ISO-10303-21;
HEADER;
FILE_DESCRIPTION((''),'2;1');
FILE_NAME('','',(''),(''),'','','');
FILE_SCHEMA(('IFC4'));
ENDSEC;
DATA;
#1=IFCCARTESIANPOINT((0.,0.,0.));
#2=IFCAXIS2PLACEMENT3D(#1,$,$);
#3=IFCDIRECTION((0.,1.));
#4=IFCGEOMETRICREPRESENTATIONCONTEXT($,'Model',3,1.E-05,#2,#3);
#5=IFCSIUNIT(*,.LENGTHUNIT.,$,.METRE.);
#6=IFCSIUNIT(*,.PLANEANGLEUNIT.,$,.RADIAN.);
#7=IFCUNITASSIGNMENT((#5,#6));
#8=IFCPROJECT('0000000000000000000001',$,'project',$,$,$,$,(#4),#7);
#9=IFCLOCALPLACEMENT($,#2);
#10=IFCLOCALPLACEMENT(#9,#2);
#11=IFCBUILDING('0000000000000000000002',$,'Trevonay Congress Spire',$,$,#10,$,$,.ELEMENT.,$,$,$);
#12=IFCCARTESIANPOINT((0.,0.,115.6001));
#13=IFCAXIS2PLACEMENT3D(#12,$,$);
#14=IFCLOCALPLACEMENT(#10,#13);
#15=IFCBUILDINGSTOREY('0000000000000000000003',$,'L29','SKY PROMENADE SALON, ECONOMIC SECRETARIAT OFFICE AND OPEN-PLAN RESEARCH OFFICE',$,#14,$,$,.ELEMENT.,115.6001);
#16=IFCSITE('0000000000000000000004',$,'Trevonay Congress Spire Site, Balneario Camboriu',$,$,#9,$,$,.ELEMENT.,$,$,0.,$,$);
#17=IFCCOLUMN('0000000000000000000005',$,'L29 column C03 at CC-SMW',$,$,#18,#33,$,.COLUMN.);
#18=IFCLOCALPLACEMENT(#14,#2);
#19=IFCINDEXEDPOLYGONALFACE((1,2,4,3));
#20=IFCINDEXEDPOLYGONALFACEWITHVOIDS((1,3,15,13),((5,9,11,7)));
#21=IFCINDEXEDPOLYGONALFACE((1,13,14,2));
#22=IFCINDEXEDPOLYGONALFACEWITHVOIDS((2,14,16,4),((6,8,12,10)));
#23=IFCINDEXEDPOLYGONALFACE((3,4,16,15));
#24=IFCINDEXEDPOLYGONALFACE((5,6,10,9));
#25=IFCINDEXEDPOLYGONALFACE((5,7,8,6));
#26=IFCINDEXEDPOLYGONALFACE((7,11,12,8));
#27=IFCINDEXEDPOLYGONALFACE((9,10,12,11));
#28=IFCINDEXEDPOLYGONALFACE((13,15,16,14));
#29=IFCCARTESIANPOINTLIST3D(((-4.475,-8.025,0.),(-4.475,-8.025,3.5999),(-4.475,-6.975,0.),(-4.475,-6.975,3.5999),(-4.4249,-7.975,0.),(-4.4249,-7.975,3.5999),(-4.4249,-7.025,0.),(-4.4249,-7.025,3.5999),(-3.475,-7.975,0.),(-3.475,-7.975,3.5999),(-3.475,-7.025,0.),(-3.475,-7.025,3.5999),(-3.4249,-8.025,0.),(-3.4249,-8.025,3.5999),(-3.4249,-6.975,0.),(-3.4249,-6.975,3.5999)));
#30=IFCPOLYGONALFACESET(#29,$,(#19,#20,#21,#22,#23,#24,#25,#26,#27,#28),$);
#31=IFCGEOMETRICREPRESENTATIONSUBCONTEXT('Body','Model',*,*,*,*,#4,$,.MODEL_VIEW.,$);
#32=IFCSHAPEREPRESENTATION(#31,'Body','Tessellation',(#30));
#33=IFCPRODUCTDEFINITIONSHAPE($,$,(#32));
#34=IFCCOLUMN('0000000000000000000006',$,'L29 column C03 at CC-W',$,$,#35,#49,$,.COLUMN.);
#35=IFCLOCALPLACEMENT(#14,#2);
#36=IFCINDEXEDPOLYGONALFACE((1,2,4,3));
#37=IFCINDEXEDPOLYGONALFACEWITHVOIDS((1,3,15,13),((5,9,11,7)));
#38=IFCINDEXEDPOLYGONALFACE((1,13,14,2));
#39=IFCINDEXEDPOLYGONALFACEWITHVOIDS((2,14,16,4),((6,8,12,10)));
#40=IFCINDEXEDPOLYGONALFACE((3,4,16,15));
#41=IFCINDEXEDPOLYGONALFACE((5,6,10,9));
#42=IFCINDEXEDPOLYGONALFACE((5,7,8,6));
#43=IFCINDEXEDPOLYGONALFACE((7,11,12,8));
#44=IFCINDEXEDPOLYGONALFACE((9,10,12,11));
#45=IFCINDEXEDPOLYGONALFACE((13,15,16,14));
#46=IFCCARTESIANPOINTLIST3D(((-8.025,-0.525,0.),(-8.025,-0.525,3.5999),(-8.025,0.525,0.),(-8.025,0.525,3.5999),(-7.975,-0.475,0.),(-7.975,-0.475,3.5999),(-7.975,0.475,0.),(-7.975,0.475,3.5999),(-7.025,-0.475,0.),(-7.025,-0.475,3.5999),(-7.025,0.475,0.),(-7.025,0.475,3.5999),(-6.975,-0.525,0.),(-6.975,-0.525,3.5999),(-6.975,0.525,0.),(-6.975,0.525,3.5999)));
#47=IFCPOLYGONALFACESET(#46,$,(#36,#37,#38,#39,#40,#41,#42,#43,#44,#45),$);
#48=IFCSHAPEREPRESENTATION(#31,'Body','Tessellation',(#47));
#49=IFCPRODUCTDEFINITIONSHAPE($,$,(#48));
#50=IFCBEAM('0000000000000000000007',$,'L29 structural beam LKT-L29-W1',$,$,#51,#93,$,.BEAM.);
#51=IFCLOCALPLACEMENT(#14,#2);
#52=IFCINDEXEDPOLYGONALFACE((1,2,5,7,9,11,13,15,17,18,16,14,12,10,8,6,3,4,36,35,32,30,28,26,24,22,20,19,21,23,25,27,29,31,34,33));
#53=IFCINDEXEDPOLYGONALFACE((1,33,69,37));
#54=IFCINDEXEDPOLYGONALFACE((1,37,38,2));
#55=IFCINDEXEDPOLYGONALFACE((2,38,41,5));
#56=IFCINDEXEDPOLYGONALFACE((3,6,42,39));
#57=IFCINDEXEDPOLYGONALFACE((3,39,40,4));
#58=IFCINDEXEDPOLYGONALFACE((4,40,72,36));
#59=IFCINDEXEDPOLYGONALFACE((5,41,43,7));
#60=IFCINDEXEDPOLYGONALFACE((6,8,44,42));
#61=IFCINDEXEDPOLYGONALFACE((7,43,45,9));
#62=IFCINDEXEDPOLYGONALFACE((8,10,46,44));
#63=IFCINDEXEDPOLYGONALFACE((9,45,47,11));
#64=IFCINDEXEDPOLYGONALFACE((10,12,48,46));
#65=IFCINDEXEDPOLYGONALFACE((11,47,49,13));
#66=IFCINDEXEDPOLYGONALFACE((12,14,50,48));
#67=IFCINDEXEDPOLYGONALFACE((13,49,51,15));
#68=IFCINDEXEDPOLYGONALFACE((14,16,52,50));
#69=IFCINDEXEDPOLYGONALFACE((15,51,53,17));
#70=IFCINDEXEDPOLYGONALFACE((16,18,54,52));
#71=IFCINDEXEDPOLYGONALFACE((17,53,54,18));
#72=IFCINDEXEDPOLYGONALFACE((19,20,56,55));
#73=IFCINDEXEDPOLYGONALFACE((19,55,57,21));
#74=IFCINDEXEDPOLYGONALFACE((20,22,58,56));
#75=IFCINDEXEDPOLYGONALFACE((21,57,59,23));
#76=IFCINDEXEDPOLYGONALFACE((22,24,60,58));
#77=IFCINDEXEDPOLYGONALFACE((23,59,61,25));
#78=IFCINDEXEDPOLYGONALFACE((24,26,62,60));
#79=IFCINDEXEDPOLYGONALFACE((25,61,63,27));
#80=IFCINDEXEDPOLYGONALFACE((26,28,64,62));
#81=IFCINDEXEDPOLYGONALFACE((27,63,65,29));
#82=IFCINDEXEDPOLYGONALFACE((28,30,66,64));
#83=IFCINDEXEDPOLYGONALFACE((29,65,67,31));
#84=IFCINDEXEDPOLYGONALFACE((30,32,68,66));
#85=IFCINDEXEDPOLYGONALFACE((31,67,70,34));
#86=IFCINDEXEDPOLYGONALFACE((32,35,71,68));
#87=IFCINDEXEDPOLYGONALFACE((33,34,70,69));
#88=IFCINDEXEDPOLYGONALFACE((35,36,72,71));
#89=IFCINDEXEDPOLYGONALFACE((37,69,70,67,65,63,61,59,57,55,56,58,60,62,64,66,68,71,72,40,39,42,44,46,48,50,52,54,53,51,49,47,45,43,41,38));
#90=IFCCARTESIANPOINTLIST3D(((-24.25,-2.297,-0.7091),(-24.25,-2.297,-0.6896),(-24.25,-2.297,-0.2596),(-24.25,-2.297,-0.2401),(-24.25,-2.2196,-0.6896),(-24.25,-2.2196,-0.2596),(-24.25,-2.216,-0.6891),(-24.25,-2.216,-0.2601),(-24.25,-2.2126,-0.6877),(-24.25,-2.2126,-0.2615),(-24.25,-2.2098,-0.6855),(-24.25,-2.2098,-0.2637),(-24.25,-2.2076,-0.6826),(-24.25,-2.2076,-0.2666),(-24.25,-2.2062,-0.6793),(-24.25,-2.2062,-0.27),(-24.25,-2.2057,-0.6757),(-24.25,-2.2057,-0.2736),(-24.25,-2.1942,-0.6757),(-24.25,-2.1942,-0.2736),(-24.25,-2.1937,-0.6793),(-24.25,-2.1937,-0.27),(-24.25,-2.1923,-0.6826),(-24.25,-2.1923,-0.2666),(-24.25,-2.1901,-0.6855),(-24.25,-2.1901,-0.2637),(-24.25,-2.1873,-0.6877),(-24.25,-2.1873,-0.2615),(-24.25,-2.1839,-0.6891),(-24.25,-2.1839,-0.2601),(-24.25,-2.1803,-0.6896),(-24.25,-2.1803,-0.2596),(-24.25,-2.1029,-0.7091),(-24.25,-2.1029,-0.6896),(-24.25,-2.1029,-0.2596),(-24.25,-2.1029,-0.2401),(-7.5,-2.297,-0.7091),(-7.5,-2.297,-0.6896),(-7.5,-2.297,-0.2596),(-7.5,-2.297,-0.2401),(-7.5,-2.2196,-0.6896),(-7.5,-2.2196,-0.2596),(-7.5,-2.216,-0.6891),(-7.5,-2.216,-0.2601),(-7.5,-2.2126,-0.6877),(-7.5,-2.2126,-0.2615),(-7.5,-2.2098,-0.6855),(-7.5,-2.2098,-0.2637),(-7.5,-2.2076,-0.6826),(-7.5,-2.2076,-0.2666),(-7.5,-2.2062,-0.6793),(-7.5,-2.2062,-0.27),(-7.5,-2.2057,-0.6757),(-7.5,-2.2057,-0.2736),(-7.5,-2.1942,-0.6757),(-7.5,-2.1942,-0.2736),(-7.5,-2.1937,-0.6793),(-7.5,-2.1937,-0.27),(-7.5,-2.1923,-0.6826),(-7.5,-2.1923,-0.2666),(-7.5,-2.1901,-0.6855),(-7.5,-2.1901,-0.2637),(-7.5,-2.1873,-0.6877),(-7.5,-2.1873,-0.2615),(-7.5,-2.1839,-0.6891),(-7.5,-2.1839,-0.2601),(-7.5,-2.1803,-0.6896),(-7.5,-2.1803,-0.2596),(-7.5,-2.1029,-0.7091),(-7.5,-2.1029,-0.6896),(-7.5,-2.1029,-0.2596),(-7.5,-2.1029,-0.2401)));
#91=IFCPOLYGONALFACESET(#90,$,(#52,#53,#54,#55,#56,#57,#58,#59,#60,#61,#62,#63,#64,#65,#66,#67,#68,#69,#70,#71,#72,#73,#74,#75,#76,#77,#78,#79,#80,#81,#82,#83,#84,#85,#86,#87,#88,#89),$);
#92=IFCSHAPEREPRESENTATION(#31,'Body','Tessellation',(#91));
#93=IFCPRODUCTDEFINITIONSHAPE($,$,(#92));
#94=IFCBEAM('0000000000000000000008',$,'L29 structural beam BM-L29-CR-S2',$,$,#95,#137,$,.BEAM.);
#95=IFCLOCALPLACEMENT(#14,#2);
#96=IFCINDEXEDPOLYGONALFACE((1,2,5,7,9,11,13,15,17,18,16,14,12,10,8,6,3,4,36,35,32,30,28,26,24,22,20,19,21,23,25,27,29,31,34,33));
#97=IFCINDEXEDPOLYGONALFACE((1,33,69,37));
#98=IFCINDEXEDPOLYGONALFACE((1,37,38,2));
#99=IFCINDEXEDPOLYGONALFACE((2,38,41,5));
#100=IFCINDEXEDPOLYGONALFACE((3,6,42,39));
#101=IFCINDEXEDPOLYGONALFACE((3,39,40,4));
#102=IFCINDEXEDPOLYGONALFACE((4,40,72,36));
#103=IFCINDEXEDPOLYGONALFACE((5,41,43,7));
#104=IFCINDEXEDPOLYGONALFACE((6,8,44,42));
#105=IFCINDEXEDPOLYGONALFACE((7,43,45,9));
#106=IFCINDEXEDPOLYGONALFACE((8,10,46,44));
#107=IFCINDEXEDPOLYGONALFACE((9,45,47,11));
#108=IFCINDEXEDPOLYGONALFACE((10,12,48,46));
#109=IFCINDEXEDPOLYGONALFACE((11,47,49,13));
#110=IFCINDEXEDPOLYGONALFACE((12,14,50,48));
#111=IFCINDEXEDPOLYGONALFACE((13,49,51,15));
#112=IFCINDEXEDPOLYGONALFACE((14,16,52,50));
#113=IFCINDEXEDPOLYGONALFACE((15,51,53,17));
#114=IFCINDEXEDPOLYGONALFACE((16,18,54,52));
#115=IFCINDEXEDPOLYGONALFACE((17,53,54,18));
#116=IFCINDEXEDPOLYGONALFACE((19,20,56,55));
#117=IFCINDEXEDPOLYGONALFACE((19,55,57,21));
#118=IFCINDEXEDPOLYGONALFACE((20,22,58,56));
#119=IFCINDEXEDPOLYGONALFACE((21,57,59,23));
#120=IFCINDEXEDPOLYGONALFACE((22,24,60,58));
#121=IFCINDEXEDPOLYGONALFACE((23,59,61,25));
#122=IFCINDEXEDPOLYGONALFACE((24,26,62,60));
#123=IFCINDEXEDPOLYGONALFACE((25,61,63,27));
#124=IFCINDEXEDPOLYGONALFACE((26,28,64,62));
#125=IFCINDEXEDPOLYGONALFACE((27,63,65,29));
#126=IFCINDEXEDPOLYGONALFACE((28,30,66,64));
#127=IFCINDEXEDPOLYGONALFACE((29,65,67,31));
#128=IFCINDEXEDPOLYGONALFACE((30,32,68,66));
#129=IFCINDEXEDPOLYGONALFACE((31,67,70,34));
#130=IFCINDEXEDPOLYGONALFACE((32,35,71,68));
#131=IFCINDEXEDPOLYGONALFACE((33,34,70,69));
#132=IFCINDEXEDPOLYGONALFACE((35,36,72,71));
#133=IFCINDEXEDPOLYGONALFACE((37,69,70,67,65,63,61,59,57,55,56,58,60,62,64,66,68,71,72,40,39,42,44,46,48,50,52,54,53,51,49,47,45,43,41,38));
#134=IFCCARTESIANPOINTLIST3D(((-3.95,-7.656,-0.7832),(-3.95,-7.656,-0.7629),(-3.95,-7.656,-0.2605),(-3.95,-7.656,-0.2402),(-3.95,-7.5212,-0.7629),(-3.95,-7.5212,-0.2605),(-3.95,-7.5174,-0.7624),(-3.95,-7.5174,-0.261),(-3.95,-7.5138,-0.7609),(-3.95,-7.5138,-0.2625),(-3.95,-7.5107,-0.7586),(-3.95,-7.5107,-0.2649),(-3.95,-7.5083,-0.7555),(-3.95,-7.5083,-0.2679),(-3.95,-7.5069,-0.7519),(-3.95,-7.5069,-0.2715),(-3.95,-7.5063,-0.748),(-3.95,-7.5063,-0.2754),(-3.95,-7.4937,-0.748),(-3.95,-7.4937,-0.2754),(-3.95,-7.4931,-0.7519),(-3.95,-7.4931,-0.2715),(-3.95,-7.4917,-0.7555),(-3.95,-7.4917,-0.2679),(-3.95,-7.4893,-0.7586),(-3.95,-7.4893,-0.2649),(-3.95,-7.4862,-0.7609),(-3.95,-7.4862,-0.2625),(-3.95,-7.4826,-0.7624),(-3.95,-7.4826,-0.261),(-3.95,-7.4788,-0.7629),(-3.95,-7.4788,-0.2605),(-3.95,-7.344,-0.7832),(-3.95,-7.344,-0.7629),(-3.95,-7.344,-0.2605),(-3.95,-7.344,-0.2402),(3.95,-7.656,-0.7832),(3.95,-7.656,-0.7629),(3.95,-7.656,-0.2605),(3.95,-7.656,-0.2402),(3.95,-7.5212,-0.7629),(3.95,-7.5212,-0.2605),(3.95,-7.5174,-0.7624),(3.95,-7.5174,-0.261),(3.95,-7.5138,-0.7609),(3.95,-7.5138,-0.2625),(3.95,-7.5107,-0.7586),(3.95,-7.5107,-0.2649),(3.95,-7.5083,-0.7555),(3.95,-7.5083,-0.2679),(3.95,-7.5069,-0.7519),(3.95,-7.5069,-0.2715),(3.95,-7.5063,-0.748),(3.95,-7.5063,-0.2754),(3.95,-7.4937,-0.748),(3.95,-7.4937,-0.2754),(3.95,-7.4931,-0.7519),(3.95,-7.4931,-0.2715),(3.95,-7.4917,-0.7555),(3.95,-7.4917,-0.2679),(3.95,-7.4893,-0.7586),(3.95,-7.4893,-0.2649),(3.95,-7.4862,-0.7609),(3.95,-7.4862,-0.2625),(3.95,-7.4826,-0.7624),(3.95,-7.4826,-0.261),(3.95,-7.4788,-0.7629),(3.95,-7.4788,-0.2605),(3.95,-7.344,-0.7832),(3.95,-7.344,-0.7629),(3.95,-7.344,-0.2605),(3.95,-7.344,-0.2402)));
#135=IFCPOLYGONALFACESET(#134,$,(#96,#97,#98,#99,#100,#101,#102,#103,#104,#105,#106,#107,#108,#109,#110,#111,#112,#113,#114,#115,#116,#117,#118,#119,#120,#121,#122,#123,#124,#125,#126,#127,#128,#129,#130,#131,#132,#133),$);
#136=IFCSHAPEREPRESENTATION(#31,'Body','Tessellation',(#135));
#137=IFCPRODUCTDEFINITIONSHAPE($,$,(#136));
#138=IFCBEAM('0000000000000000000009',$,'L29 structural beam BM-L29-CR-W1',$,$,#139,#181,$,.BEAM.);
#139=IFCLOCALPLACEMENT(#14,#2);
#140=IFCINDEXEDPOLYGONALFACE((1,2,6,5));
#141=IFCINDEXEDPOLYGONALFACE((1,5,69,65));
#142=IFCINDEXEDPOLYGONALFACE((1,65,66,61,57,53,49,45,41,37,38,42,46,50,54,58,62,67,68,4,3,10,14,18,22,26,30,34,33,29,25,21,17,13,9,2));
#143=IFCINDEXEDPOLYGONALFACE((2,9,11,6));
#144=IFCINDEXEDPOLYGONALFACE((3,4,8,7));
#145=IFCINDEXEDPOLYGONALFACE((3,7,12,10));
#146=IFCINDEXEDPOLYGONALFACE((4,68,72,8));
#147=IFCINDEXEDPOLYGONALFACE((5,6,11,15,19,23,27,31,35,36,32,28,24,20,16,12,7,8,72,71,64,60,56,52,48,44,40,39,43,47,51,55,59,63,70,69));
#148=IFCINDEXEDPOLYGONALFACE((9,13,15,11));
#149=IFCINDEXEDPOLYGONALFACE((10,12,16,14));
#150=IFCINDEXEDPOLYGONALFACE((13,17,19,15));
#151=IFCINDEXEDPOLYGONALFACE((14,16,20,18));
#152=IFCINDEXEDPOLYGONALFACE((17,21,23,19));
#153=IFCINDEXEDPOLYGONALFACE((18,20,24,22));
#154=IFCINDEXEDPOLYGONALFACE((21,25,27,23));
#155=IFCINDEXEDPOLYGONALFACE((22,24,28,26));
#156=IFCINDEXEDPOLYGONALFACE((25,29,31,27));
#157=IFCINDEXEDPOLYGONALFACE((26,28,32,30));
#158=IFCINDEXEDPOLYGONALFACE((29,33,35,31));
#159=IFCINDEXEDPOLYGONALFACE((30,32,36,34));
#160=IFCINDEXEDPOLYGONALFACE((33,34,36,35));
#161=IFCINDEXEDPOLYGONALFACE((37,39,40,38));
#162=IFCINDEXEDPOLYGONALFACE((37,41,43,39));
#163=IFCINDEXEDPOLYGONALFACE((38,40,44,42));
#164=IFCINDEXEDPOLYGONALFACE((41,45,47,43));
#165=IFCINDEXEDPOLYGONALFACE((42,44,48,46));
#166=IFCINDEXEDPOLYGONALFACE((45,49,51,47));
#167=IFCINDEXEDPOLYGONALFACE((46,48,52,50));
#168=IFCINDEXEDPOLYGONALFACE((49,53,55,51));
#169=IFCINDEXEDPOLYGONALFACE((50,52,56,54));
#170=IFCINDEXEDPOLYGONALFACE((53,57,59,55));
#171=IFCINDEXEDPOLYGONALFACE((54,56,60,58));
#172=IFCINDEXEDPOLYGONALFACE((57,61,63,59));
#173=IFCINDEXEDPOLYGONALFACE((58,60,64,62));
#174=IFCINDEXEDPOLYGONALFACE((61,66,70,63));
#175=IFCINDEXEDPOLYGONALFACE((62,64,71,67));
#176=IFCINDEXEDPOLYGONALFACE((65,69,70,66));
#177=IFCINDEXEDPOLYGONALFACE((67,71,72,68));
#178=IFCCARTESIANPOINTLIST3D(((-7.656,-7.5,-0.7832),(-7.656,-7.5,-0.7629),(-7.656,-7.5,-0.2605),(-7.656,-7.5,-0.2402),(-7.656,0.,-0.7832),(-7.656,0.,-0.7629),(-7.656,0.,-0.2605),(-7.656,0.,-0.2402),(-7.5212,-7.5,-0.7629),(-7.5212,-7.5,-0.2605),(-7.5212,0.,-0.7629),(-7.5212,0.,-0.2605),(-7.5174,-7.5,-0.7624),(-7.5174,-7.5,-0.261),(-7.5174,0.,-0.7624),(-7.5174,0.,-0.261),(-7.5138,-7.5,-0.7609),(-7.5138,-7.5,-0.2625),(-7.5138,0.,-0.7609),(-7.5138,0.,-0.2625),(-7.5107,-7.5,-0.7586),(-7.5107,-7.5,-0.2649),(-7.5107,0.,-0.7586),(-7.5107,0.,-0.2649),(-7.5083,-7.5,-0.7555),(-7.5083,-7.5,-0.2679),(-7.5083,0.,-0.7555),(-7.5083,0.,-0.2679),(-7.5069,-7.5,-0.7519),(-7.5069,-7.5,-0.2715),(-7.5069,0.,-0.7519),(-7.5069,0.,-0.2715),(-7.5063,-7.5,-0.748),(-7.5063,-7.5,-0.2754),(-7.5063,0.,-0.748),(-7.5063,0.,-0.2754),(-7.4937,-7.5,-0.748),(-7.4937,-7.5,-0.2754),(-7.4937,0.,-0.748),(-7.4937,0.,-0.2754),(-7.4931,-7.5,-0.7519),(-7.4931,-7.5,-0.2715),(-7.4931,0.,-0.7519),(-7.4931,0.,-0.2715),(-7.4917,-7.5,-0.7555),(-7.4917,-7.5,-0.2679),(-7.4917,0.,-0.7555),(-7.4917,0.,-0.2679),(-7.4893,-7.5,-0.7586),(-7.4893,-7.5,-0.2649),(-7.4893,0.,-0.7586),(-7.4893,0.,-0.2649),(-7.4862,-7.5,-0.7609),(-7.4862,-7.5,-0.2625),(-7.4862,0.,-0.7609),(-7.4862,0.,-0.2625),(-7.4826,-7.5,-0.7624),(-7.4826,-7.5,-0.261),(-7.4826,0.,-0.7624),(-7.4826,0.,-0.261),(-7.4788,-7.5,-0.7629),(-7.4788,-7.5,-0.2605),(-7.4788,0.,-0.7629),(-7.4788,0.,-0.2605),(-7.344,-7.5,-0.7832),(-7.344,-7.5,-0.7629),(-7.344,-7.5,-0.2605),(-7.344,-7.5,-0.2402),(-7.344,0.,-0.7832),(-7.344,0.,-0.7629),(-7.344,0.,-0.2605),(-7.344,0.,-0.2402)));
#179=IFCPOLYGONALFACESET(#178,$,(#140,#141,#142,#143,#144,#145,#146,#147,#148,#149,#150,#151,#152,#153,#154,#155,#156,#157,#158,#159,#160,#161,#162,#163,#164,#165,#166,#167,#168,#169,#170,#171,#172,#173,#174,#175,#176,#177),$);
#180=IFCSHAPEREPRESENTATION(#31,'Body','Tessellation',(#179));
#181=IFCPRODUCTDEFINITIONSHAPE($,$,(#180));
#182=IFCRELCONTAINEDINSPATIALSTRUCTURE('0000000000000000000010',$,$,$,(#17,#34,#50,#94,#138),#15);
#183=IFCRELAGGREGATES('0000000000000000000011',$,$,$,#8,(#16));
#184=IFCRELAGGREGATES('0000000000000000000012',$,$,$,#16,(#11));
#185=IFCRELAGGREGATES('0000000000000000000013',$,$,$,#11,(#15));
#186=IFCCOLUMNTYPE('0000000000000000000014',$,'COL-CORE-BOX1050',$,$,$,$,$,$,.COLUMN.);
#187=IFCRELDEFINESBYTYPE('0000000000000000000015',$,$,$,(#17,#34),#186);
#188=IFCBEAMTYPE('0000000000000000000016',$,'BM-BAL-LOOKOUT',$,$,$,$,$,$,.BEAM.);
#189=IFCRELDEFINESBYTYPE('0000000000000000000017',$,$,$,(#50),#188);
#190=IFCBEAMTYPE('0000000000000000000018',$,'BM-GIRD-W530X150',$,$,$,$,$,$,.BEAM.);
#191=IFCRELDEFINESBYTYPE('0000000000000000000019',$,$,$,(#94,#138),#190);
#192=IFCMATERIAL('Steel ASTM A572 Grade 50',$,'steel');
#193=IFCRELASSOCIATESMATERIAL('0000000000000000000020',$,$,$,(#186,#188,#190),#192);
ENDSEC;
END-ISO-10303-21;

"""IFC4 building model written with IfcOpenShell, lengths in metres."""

from ifc_helpers import new_model, si_unit, direction, frame, origin, origin_2d, place, context, subcontext, project, spatial, hollow_rectangle, i_section, extrude, material, material_profile, profile_set, type_object, element, save


model = new_model("IFC4")

# Units and contexts
model_context = context("Model", 3, precision=1e-05, world=origin(), true_north=direction((0.0, 1.0)))
body_context = subcontext(model_context, "Body", "Model", "MODEL_VIEW")
ifc_project = project(units=[si_unit("LENGTHUNIT", "METRE"), si_unit("PLANEANGLEUNIT", "RADIAN")], contexts=[model_context])

# Site, building, storey
site_placement = place(None, origin())
site = spatial("IfcSite", under=ifc_project, at=site_placement, Name="Trevonay Congress Spire Site, Balneario Camboriu", CompositionType="ELEMENT", RefElevation=0.0)
building_placement = place(site_placement, origin())
building = spatial("IfcBuilding", under=site, at=building_placement, Name="Trevonay Congress Spire", CompositionType="ELEMENT")
storey_placement = place(building_placement, frame((0.0, 0.0, 115.6001)))
storey = spatial("IfcBuildingStorey", under=building, at=storey_placement, Name="L29", Description="SKY PROMENADE SALON, ECONOMIC SECRETARIAT OFFICE AND OPEN-PLAN RESEARCH OFFICE", CompositionType="ELEMENT", Elevation=115.6001)

# Columns
ifc_material_1 = material(Name="Steel ASTM A572 Grade 50", Category="steel")
ifc_material_profile_1 = material_profile(ifc_material_1, hollow_rectangle(XDim=1.05, YDim=1.05, WallThickness=0.05, at=origin_2d()), Name="BOX 1050x1050x50")
ifc_profile_set_1 = profile_set([ifc_material_profile_1], Name="Steel ASTM A572 Grade 50")
column_type = type_object("IfcColumnType", Name="COL-CORE-BOX1050", PredefinedType="COLUMN", material=ifc_profile_set_1)
for number, where, z_axis, x_axis, name in (
    (1, (-3.95, -7.5, 0.0), (0.0, 0.0, 1.0), (1.0, 0.0, 0.0), "L29 column C03 at CC-SMW"),
    (2, (-7.5, 0.0, 0.0), (0.0, 0.0, 1.0), (1.0, 0.0, 0.0), "L29 column C03 at CC-W"),
):
    element("IfcColumn", number, at=place(storey_placement, frame(where, z_axis=z_axis, x_axis=x_axis)), inside=storey, type_object=column_type, Name=name, PredefinedType="COLUMN", context=body_context, shape_type="SweptSolid", body=[
        extrude(hollow_rectangle(XDim=1.05, YDim=1.05, WallThickness=0.05, at=origin_2d()), origin(), (0.0, 0.0, 1.0), 3.5999),
    ])

# Beams
ifc_material_profile_2 = material_profile(ifc_material_1, i_section(OverallWidth=0.1941, OverallDepth=0.469, WebThickness=0.0115, FlangeThickness=0.0195, FilletRadius=0.0139, at=origin_2d()), Name="W460x106")
ifc_profile_set_2 = profile_set([ifc_material_profile_2], Name="Steel ASTM A572 Grade 50")
beam_type_1 = type_object("IfcBeamType", Name="BM-BAL-LOOKOUT", PredefinedType="BEAM", material=ifc_profile_set_2)
beam_1_placement = place(storey_placement, frame((-7.5, -2.2, -0.4746), z_axis=(-1.0, 0.0, 0.0), x_axis=(0.0, -1.0, 0.0)))
element("IfcBeam", 3, at=beam_1_placement, inside=storey, type_object=beam_type_1, Name="L29 structural beam LKT-L29-W1", PredefinedType="BEAM", context=body_context, shape_type="SweptSolid", body=[
    extrude(i_section(OverallWidth=0.1941, OverallDepth=0.469, WebThickness=0.0115, FlangeThickness=0.0195, FilletRadius=0.0139, at=origin_2d()), origin(), (0.0, 0.0, 1.0), 16.75),
])
ifc_material_profile_3 = material_profile(ifc_material_1, i_section(OverallWidth=0.312, OverallDepth=0.543, WebThickness=0.0127, FlangeThickness=0.0203, FilletRadius=0.0149, at=origin_2d()), Name="W530x150")
ifc_profile_set_3 = profile_set([ifc_material_profile_3], Name="Steel ASTM A572 Grade 50")
beam_type_2 = type_object("IfcBeamType", Name="BM-GIRD-W530X150", PredefinedType="BEAM", material=ifc_profile_set_3)
beam_2_placement = place(storey_placement, frame((-3.95, -7.5, -0.5117), z_axis=(1.0, 0.0, 0.0), x_axis=(0.0, 1.0, 0.0)))
element("IfcBeam", 4, at=beam_2_placement, inside=storey, type_object=beam_type_2, Name="L29 structural beam BM-L29-CR-S2", PredefinedType="BEAM", context=body_context, shape_type="SweptSolid", body=[
    extrude(i_section(OverallWidth=0.312, OverallDepth=0.543, WebThickness=0.0127, FlangeThickness=0.0203, FilletRadius=0.0149, at=origin_2d()), origin(), (0.0, 0.0, 1.0), 7.8999),
])
for number, where, z_axis, x_axis, name in (
    (5, (-7.5, -7.5, -0.5117), (0.0, 1.0, 0.0), (-1.0, 0.0, 0.0), "L29 structural beam BM-L29-CR-W1"),
):
    element("IfcBeam", number, at=place(storey_placement, frame(where, z_axis=z_axis, x_axis=x_axis)), inside=storey, type_object=beam_type_2, Name=name, PredefinedType="BEAM", context=body_context, shape_type="SweptSolid", body=[
        extrude(i_section(OverallWidth=0.312, OverallDepth=0.543, WebThickness=0.0127, FlangeThickness=0.0203, FilletRadius=0.0149, at=origin_2d()), origin(), (0.0, 0.0, 1.0), 7.5),
    ])

save(model, "model.ifc")
